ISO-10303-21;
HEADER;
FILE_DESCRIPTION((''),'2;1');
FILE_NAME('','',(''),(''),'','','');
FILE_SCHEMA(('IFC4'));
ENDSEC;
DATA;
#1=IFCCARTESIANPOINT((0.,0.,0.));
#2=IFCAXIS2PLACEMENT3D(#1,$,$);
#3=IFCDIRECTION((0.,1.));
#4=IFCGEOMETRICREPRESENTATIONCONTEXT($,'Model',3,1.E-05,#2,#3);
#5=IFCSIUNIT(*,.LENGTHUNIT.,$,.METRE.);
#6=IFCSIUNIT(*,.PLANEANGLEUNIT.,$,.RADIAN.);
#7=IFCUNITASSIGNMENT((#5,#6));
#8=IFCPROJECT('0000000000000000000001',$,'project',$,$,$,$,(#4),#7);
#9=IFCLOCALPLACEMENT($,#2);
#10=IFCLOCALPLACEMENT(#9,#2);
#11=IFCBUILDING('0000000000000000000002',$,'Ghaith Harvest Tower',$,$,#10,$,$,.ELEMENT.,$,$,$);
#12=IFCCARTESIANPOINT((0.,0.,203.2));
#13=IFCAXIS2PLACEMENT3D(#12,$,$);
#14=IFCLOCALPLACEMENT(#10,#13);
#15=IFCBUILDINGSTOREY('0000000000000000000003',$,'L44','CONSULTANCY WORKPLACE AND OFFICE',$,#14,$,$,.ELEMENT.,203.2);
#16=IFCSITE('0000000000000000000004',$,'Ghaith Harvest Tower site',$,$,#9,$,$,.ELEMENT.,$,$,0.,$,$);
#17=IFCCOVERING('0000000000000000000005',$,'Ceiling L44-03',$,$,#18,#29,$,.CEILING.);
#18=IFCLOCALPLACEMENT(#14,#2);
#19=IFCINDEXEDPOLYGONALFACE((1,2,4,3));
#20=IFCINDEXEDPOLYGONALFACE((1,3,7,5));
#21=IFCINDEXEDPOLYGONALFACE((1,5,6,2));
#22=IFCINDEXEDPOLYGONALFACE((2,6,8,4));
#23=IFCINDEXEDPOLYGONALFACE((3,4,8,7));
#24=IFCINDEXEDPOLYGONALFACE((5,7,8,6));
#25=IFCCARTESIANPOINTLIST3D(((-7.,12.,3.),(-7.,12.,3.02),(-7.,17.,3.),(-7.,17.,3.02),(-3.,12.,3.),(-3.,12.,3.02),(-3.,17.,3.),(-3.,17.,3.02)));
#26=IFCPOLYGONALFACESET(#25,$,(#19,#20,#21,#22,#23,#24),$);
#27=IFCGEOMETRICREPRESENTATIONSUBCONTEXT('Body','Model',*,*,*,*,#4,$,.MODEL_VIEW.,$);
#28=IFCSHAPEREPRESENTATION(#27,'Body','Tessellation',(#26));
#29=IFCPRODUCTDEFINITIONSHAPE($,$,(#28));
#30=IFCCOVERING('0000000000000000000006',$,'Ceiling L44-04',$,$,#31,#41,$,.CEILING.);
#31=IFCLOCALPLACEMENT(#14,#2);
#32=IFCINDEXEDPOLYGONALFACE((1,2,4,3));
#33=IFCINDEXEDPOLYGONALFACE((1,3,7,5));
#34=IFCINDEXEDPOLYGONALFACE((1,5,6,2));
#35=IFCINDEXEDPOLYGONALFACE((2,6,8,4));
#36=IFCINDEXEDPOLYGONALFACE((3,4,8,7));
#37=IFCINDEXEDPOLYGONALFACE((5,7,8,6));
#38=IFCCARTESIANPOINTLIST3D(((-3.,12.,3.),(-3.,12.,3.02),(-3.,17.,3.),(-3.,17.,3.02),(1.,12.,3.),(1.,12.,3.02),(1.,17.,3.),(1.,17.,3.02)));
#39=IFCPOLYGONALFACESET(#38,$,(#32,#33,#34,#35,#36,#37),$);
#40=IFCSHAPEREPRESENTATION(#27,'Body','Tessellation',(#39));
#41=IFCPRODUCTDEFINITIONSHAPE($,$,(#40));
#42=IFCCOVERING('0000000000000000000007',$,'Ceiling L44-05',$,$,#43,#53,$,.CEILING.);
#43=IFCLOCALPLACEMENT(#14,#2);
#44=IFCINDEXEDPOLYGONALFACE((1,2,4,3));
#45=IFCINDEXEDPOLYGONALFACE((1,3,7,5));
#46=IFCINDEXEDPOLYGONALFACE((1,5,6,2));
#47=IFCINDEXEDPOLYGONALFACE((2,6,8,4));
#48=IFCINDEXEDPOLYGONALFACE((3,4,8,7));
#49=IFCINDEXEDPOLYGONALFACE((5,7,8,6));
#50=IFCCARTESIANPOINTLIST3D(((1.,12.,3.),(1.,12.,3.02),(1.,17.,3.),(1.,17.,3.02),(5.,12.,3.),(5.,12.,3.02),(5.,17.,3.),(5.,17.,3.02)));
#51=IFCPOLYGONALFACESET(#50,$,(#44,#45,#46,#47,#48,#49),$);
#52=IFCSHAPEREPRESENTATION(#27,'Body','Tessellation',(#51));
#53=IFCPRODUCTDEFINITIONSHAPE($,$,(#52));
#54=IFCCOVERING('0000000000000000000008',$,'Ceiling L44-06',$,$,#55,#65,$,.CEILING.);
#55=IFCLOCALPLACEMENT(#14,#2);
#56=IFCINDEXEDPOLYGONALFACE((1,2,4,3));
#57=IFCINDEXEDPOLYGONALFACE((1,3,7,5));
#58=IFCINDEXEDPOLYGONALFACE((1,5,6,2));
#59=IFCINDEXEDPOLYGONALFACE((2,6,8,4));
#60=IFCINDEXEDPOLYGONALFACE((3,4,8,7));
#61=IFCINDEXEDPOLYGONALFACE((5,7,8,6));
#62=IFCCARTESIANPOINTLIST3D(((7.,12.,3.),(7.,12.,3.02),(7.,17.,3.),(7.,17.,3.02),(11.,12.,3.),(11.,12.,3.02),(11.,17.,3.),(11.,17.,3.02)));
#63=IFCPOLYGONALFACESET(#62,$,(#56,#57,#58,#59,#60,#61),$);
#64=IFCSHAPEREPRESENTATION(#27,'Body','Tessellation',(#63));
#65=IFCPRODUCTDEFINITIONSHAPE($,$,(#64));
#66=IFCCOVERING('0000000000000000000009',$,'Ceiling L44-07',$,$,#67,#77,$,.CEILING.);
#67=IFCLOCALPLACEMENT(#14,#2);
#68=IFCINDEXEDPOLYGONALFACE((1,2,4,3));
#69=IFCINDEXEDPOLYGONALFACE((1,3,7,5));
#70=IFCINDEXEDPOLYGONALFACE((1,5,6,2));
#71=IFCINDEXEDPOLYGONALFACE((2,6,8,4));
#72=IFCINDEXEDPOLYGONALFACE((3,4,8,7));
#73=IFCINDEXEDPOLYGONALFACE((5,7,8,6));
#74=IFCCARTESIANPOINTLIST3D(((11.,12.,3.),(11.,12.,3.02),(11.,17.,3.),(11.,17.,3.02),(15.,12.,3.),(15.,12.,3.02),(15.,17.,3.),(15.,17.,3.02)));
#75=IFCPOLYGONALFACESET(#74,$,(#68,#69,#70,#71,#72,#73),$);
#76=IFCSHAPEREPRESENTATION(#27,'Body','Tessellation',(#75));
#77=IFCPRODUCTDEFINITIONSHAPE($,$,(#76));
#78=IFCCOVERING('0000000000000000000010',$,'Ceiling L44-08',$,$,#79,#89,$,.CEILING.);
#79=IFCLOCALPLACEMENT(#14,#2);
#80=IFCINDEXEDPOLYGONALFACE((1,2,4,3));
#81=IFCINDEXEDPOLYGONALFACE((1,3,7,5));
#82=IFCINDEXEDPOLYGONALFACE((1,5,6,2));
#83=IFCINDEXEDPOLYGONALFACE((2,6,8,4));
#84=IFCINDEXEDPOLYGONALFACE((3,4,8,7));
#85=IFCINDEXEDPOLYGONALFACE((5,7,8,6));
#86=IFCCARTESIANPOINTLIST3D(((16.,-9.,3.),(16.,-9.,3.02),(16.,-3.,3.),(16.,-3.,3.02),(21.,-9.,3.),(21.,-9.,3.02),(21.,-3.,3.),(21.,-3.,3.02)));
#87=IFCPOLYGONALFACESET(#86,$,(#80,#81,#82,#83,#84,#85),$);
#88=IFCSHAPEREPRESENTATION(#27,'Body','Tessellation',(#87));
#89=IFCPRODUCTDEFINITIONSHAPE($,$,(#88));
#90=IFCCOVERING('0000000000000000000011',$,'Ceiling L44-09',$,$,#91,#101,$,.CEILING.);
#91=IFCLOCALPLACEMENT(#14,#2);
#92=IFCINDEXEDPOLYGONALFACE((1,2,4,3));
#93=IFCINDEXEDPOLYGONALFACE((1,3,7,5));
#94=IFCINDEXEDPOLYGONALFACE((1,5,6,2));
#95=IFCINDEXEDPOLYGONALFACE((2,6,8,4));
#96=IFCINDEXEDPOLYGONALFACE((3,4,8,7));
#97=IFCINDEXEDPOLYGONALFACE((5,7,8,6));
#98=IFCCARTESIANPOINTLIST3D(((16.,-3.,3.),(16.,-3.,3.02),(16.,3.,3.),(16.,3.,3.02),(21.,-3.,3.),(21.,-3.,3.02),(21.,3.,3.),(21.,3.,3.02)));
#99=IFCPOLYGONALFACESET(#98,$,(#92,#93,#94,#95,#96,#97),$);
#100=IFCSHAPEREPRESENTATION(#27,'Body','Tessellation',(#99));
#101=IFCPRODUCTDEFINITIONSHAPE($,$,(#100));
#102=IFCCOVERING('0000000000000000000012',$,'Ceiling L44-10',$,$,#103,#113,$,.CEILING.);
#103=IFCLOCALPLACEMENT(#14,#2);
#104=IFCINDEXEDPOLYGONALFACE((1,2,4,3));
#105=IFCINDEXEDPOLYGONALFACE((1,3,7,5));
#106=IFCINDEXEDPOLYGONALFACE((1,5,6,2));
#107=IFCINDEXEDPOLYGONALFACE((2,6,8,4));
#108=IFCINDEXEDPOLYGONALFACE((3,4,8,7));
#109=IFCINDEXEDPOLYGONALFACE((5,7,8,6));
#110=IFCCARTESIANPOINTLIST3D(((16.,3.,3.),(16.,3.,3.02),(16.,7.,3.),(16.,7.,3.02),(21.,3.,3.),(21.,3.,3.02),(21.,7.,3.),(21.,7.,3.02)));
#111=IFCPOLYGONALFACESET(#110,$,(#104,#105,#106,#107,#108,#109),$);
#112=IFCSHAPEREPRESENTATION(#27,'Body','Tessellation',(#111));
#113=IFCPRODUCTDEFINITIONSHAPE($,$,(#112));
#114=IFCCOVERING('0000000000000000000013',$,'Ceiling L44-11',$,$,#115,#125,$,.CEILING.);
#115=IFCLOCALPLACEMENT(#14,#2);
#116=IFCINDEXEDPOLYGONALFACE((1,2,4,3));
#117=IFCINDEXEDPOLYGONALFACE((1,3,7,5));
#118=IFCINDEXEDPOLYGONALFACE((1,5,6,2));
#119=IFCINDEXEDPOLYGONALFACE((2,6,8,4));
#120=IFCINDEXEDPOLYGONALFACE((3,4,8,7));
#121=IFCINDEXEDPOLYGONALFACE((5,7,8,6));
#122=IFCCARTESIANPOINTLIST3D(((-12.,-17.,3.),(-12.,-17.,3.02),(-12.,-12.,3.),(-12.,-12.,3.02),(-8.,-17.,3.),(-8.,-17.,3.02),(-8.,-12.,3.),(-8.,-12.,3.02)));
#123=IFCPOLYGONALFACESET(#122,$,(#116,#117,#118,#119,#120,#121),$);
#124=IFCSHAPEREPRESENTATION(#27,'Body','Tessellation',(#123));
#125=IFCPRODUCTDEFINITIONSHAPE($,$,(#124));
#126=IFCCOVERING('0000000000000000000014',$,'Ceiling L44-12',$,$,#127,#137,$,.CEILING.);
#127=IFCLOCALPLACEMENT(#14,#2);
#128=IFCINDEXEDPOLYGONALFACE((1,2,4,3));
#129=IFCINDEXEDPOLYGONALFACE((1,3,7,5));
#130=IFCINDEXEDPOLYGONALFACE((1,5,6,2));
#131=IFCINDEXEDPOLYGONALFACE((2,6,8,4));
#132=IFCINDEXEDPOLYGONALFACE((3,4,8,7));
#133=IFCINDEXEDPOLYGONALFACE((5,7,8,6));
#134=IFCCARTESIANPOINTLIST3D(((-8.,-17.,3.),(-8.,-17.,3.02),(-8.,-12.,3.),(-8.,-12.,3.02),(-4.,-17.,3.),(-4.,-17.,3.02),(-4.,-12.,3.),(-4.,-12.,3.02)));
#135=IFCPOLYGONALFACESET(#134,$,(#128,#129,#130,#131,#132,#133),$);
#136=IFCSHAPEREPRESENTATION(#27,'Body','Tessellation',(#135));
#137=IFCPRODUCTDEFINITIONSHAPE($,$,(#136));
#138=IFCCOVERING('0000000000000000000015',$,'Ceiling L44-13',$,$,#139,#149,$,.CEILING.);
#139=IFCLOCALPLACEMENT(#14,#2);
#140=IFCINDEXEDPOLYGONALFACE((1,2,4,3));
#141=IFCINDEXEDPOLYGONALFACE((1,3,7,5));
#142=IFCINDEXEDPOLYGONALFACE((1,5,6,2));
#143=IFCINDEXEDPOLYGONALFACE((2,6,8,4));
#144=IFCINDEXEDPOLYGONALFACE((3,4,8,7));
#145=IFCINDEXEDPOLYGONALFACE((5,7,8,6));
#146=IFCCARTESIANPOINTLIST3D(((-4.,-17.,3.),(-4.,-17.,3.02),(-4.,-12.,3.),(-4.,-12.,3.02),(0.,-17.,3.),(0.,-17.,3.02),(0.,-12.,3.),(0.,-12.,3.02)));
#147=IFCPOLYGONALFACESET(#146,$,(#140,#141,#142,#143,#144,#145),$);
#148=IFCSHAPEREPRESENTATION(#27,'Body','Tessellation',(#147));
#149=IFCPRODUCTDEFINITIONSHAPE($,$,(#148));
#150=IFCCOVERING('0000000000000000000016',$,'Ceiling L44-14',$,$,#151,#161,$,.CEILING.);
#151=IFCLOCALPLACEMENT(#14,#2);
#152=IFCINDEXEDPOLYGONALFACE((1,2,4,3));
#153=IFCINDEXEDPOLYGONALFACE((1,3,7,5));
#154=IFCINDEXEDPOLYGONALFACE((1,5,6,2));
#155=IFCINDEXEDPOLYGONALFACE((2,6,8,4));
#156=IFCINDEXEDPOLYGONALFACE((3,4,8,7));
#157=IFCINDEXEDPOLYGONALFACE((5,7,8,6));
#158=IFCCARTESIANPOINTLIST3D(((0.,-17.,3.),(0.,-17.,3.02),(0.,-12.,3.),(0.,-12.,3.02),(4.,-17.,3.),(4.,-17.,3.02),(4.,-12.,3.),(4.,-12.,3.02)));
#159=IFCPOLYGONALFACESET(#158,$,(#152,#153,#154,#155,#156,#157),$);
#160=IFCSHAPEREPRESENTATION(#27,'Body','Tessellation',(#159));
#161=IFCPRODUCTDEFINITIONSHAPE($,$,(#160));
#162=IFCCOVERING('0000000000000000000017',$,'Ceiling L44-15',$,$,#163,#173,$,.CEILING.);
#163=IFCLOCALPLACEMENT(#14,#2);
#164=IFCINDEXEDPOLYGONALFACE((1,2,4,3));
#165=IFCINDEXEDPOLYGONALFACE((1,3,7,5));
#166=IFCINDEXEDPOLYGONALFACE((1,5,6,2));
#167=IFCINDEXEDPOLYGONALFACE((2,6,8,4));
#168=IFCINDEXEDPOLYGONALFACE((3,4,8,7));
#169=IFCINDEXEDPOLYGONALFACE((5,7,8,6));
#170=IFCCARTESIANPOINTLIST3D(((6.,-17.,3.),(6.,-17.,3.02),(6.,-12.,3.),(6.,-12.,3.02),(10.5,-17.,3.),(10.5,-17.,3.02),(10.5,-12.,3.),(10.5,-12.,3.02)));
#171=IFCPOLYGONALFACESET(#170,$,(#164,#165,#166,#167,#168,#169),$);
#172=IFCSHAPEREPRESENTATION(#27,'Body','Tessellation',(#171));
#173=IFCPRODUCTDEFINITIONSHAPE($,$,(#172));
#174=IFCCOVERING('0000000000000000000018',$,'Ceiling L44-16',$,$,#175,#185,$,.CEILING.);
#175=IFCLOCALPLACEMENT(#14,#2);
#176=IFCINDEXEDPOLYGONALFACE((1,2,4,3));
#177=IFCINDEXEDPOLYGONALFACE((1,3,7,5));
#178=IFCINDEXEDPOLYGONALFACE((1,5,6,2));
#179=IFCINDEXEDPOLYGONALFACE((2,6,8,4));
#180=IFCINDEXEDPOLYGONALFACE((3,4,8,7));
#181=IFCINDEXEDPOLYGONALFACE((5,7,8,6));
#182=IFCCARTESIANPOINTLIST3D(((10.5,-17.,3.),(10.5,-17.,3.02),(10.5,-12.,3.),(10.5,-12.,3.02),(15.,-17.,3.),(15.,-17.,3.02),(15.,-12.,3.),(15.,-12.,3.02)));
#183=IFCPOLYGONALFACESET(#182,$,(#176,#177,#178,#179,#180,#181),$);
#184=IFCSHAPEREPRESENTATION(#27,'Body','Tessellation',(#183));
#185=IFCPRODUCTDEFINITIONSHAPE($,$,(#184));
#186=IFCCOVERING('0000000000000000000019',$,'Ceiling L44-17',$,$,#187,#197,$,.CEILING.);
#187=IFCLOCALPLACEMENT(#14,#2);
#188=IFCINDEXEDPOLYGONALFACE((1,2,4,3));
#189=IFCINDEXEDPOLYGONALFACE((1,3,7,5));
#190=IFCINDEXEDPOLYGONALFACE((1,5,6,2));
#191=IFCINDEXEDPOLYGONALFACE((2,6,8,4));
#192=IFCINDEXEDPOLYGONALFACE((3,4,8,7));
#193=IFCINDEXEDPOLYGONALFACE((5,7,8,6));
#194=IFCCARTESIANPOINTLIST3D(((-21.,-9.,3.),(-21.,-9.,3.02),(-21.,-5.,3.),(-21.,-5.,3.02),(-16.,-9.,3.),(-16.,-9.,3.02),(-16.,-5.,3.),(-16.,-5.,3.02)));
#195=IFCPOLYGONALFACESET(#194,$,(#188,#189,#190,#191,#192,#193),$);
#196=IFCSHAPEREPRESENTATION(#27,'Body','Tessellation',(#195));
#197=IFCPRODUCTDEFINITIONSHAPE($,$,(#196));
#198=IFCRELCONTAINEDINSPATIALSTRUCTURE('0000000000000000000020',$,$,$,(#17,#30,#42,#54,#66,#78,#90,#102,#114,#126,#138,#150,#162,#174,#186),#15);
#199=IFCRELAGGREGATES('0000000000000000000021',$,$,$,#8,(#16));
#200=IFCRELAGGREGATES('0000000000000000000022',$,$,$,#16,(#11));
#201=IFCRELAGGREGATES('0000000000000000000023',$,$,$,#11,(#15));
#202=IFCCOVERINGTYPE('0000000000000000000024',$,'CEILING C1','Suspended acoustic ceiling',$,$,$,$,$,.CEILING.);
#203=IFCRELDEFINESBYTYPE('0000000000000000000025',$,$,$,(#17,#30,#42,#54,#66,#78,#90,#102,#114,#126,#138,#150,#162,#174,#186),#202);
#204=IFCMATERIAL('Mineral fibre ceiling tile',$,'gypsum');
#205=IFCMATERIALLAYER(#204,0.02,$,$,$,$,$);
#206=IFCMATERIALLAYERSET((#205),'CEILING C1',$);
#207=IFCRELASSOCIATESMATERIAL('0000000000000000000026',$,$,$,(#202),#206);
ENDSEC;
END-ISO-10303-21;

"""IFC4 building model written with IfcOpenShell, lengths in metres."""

from ifc_helpers import new_model, si_unit, direction, frame, origin, place, context, subcontext, project, spatial, polyline, outline, extrude, material, layer, layer_set, type_object, element, save


model = new_model("IFC4")

# Units and contexts
model_context = context("Model", 3, precision=1e-05, world=origin(), true_north=direction((0.0, 1.0)))
body_context = subcontext(model_context, "Body", "Model", "MODEL_VIEW")
ifc_project = project(units=[si_unit("LENGTHUNIT", "METRE"), si_unit("PLANEANGLEUNIT", "RADIAN")], contexts=[model_context])

# Site, building, storey
site_placement = place(None, origin())
site = spatial("IfcSite", under=ifc_project, at=site_placement, Name="Ghaith Harvest Tower site", CompositionType="ELEMENT", RefElevation=0.0)
building_placement = place(site_placement, origin())
building = spatial("IfcBuilding", under=site, at=building_placement, Name="Ghaith Harvest Tower", CompositionType="ELEMENT")
storey_placement = place(building_placement, frame((0.0, 0.0, 203.2)))
storey = spatial("IfcBuildingStorey", under=building, at=storey_placement, Name="L44", Description="CONSULTANCY WORKPLACE AND OFFICE", CompositionType="ELEMENT", Elevation=203.2)

# Coverings
ifc_material_1 = material(Name="Mineral fibre ceiling tile", Category="gypsum")
ifc_layer_1 = layer(ifc_material_1, 0.02)
ifc_layer_set_1 = layer_set([ifc_layer_1], Name="CEILING C1")
covering_type = type_object("IfcCoveringType", Name="CEILING C1", Description="Suspended acoustic ceiling", PredefinedType="CEILING", material=ifc_layer_set_1)
covering_1_placement = place(storey_placement, frame((0.0, 0.0, 3.0)))
element("IfcCovering", 1, at=covering_1_placement, inside=storey, type_object=covering_type, Name="Ceiling L44-03", PredefinedType="CEILING", context=body_context, shape_type="SweptSolid", body=[
    extrude(outline(polyline([(-7.0, 12.0), (-3.0, 12.0), (-3.0, 17.0), (-7.0, 17.0), (-7.0, 12.0)])), origin(), (0.0, 0.0, 1.0), 0.02),
])
covering_2_placement = place(storey_placement, frame((0.0, 0.0, 3.0)))
element("IfcCovering", 2, at=covering_2_placement, inside=storey, type_object=covering_type, Name="Ceiling L44-04", PredefinedType="CEILING", context=body_context, shape_type="SweptSolid", body=[
    extrude(outline(polyline([(-3.0, 12.0), (1.0, 12.0), (1.0, 17.0), (-3.0, 17.0), (-3.0, 12.0)])), origin(), (0.0, 0.0, 1.0), 0.02),
])
covering_3_placement = place(storey_placement, frame((0.0, 0.0, 3.0)))
element("IfcCovering", 3, at=covering_3_placement, inside=storey, type_object=covering_type, Name="Ceiling L44-05", PredefinedType="CEILING", context=body_context, shape_type="SweptSolid", body=[
    extrude(outline(polyline([(1.0, 12.0), (5.0, 12.0), (5.0, 17.0), (1.0, 17.0), (1.0, 12.0)])), origin(), (0.0, 0.0, 1.0), 0.02),
])
covering_4_placement = place(storey_placement, frame((0.0, 0.0, 3.0)))
element("IfcCovering", 4, at=covering_4_placement, inside=storey, type_object=covering_type, Name="Ceiling L44-06", PredefinedType="CEILING", context=body_context, shape_type="SweptSolid", body=[
    extrude(outline(polyline([(7.0, 12.0), (11.0, 12.0), (11.0, 17.0), (7.0, 17.0), (7.0, 12.0)])), origin(), (0.0, 0.0, 1.0), 0.02),
])
covering_5_placement = place(storey_placement, frame((0.0, 0.0, 3.0)))
element("IfcCovering", 5, at=covering_5_placement, inside=storey, type_object=covering_type, Name="Ceiling L44-07", PredefinedType="CEILING", context=body_context, shape_type="SweptSolid", body=[
    extrude(outline(polyline([(11.0, 12.0), (15.0, 12.0), (15.0, 17.0), (11.0, 17.0), (11.0, 12.0)])), origin(), (0.0, 0.0, 1.0), 0.02),
])
covering_6_placement = place(storey_placement, frame((0.0, 0.0, 3.0)))
element("IfcCovering", 6, at=covering_6_placement, inside=storey, type_object=covering_type, Name="Ceiling L44-08", PredefinedType="CEILING", context=body_context, shape_type="SweptSolid", body=[
    extrude(outline(polyline([(16.0, -9.0), (21.0, -9.0), (21.0, -3.0), (16.0, -3.0), (16.0, -9.0)])), origin(), (0.0, 0.0, 1.0), 0.02),
])
covering_7_placement = place(storey_placement, frame((0.0, 0.0, 3.0)))
element("IfcCovering", 7, at=covering_7_placement, inside=storey, type_object=covering_type, Name="Ceiling L44-09", PredefinedType="CEILING", context=body_context, shape_type="SweptSolid", body=[
    extrude(outline(polyline([(16.0, -3.0), (21.0, -3.0), (21.0, 3.0), (16.0, 3.0), (16.0, -3.0)])), origin(), (0.0, 0.0, 1.0), 0.02),
])
covering_8_placement = place(storey_placement, frame((0.0, 0.0, 3.0)))
element("IfcCovering", 8, at=covering_8_placement, inside=storey, type_object=covering_type, Name="Ceiling L44-10", PredefinedType="CEILING", context=body_context, shape_type="SweptSolid", body=[
    extrude(outline(polyline([(16.0, 3.0), (21.0, 3.0), (21.0, 7.0), (16.0, 7.0), (16.0, 3.0)])), origin(), (0.0, 0.0, 1.0), 0.02),
])
covering_9_placement = place(storey_placement, frame((0.0, 0.0, 3.0)))
element("IfcCovering", 9, at=covering_9_placement, inside=storey, type_object=covering_type, Name="Ceiling L44-11", PredefinedType="CEILING", context=body_context, shape_type="SweptSolid", body=[
    extrude(outline(polyline([(-12.0, -17.0), (-8.0, -17.0), (-8.0, -12.0), (-12.0, -12.0), (-12.0, -17.0)])), origin(), (0.0, 0.0, 1.0), 0.02),
])
covering_10_placement = place(storey_placement, frame((0.0, 0.0, 3.0)))
element("IfcCovering", 10, at=covering_10_placement, inside=storey, type_object=covering_type, Name="Ceiling L44-12", PredefinedType="CEILING", context=body_context, shape_type="SweptSolid", body=[
    extrude(outline(polyline([(-8.0, -17.0), (-4.0, -17.0), (-4.0, -12.0), (-8.0, -12.0), (-8.0, -17.0)])), origin(), (0.0, 0.0, 1.0), 0.02),
])
covering_11_placement = place(storey_placement, frame((0.0, 0.0, 3.0)))
element("IfcCovering", 11, at=covering_11_placement, inside=storey, type_object=covering_type, Name="Ceiling L44-13", PredefinedType="CEILING", context=body_context, shape_type="SweptSolid", body=[
    extrude(outline(polyline([(-4.0, -17.0), (0.0, -17.0), (0.0, -12.0), (-4.0, -12.0), (-4.0, -17.0)])), origin(), (0.0, 0.0, 1.0), 0.02),
])
covering_12_placement = place(storey_placement, frame((0.0, 0.0, 3.0)))
element("IfcCovering", 12, at=covering_12_placement, inside=storey, type_object=covering_type, Name="Ceiling L44-14", PredefinedType="CEILING", context=body_context, shape_type="SweptSolid", body=[
    extrude(outline(polyline([(0.0, -17.0), (4.0, -17.0), (4.0, -12.0), (0.0, -12.0), (0.0, -17.0)])), origin(), (0.0, 0.0, 1.0), 0.02),
])
covering_13_placement = place(storey_placement, frame((0.0, 0.0, 3.0)))
element("IfcCovering", 13, at=covering_13_placement, inside=storey, type_object=covering_type, Name="Ceiling L44-15", PredefinedType="CEILING", context=body_context, shape_type="SweptSolid", body=[
    extrude(outline(polyline([(6.0, -17.0), (10.5, -17.0), (10.5, -12.0), (6.0, -12.0), (6.0, -17.0)])), origin(), (0.0, 0.0, 1.0), 0.02),
])
covering_14_placement = place(storey_placement, frame((0.0, 0.0, 3.0)))
element("IfcCovering", 14, at=covering_14_placement, inside=storey, type_object=covering_type, Name="Ceiling L44-16", PredefinedType="CEILING", context=body_context, shape_type="SweptSolid", body=[
    extrude(outline(polyline([(10.5, -17.0), (15.0, -17.0), (15.0, -12.0), (10.5, -12.0), (10.5, -17.0)])), origin(), (0.0, 0.0, 1.0), 0.02),
])
covering_15_placement = place(storey_placement, frame((0.0, 0.0, 3.0)))
element("IfcCovering", 15, at=covering_15_placement, inside=storey, type_object=covering_type, Name="Ceiling L44-17", PredefinedType="CEILING", context=body_context, shape_type="SweptSolid", body=[
    extrude(outline(polyline([(-21.0, -9.0), (-16.0, -9.0), (-16.0, -5.0), (-21.0, -5.0), (-21.0, -9.0)])), origin(), (0.0, 0.0, 1.0), 0.02),
])

save(model, "model.ifc")
